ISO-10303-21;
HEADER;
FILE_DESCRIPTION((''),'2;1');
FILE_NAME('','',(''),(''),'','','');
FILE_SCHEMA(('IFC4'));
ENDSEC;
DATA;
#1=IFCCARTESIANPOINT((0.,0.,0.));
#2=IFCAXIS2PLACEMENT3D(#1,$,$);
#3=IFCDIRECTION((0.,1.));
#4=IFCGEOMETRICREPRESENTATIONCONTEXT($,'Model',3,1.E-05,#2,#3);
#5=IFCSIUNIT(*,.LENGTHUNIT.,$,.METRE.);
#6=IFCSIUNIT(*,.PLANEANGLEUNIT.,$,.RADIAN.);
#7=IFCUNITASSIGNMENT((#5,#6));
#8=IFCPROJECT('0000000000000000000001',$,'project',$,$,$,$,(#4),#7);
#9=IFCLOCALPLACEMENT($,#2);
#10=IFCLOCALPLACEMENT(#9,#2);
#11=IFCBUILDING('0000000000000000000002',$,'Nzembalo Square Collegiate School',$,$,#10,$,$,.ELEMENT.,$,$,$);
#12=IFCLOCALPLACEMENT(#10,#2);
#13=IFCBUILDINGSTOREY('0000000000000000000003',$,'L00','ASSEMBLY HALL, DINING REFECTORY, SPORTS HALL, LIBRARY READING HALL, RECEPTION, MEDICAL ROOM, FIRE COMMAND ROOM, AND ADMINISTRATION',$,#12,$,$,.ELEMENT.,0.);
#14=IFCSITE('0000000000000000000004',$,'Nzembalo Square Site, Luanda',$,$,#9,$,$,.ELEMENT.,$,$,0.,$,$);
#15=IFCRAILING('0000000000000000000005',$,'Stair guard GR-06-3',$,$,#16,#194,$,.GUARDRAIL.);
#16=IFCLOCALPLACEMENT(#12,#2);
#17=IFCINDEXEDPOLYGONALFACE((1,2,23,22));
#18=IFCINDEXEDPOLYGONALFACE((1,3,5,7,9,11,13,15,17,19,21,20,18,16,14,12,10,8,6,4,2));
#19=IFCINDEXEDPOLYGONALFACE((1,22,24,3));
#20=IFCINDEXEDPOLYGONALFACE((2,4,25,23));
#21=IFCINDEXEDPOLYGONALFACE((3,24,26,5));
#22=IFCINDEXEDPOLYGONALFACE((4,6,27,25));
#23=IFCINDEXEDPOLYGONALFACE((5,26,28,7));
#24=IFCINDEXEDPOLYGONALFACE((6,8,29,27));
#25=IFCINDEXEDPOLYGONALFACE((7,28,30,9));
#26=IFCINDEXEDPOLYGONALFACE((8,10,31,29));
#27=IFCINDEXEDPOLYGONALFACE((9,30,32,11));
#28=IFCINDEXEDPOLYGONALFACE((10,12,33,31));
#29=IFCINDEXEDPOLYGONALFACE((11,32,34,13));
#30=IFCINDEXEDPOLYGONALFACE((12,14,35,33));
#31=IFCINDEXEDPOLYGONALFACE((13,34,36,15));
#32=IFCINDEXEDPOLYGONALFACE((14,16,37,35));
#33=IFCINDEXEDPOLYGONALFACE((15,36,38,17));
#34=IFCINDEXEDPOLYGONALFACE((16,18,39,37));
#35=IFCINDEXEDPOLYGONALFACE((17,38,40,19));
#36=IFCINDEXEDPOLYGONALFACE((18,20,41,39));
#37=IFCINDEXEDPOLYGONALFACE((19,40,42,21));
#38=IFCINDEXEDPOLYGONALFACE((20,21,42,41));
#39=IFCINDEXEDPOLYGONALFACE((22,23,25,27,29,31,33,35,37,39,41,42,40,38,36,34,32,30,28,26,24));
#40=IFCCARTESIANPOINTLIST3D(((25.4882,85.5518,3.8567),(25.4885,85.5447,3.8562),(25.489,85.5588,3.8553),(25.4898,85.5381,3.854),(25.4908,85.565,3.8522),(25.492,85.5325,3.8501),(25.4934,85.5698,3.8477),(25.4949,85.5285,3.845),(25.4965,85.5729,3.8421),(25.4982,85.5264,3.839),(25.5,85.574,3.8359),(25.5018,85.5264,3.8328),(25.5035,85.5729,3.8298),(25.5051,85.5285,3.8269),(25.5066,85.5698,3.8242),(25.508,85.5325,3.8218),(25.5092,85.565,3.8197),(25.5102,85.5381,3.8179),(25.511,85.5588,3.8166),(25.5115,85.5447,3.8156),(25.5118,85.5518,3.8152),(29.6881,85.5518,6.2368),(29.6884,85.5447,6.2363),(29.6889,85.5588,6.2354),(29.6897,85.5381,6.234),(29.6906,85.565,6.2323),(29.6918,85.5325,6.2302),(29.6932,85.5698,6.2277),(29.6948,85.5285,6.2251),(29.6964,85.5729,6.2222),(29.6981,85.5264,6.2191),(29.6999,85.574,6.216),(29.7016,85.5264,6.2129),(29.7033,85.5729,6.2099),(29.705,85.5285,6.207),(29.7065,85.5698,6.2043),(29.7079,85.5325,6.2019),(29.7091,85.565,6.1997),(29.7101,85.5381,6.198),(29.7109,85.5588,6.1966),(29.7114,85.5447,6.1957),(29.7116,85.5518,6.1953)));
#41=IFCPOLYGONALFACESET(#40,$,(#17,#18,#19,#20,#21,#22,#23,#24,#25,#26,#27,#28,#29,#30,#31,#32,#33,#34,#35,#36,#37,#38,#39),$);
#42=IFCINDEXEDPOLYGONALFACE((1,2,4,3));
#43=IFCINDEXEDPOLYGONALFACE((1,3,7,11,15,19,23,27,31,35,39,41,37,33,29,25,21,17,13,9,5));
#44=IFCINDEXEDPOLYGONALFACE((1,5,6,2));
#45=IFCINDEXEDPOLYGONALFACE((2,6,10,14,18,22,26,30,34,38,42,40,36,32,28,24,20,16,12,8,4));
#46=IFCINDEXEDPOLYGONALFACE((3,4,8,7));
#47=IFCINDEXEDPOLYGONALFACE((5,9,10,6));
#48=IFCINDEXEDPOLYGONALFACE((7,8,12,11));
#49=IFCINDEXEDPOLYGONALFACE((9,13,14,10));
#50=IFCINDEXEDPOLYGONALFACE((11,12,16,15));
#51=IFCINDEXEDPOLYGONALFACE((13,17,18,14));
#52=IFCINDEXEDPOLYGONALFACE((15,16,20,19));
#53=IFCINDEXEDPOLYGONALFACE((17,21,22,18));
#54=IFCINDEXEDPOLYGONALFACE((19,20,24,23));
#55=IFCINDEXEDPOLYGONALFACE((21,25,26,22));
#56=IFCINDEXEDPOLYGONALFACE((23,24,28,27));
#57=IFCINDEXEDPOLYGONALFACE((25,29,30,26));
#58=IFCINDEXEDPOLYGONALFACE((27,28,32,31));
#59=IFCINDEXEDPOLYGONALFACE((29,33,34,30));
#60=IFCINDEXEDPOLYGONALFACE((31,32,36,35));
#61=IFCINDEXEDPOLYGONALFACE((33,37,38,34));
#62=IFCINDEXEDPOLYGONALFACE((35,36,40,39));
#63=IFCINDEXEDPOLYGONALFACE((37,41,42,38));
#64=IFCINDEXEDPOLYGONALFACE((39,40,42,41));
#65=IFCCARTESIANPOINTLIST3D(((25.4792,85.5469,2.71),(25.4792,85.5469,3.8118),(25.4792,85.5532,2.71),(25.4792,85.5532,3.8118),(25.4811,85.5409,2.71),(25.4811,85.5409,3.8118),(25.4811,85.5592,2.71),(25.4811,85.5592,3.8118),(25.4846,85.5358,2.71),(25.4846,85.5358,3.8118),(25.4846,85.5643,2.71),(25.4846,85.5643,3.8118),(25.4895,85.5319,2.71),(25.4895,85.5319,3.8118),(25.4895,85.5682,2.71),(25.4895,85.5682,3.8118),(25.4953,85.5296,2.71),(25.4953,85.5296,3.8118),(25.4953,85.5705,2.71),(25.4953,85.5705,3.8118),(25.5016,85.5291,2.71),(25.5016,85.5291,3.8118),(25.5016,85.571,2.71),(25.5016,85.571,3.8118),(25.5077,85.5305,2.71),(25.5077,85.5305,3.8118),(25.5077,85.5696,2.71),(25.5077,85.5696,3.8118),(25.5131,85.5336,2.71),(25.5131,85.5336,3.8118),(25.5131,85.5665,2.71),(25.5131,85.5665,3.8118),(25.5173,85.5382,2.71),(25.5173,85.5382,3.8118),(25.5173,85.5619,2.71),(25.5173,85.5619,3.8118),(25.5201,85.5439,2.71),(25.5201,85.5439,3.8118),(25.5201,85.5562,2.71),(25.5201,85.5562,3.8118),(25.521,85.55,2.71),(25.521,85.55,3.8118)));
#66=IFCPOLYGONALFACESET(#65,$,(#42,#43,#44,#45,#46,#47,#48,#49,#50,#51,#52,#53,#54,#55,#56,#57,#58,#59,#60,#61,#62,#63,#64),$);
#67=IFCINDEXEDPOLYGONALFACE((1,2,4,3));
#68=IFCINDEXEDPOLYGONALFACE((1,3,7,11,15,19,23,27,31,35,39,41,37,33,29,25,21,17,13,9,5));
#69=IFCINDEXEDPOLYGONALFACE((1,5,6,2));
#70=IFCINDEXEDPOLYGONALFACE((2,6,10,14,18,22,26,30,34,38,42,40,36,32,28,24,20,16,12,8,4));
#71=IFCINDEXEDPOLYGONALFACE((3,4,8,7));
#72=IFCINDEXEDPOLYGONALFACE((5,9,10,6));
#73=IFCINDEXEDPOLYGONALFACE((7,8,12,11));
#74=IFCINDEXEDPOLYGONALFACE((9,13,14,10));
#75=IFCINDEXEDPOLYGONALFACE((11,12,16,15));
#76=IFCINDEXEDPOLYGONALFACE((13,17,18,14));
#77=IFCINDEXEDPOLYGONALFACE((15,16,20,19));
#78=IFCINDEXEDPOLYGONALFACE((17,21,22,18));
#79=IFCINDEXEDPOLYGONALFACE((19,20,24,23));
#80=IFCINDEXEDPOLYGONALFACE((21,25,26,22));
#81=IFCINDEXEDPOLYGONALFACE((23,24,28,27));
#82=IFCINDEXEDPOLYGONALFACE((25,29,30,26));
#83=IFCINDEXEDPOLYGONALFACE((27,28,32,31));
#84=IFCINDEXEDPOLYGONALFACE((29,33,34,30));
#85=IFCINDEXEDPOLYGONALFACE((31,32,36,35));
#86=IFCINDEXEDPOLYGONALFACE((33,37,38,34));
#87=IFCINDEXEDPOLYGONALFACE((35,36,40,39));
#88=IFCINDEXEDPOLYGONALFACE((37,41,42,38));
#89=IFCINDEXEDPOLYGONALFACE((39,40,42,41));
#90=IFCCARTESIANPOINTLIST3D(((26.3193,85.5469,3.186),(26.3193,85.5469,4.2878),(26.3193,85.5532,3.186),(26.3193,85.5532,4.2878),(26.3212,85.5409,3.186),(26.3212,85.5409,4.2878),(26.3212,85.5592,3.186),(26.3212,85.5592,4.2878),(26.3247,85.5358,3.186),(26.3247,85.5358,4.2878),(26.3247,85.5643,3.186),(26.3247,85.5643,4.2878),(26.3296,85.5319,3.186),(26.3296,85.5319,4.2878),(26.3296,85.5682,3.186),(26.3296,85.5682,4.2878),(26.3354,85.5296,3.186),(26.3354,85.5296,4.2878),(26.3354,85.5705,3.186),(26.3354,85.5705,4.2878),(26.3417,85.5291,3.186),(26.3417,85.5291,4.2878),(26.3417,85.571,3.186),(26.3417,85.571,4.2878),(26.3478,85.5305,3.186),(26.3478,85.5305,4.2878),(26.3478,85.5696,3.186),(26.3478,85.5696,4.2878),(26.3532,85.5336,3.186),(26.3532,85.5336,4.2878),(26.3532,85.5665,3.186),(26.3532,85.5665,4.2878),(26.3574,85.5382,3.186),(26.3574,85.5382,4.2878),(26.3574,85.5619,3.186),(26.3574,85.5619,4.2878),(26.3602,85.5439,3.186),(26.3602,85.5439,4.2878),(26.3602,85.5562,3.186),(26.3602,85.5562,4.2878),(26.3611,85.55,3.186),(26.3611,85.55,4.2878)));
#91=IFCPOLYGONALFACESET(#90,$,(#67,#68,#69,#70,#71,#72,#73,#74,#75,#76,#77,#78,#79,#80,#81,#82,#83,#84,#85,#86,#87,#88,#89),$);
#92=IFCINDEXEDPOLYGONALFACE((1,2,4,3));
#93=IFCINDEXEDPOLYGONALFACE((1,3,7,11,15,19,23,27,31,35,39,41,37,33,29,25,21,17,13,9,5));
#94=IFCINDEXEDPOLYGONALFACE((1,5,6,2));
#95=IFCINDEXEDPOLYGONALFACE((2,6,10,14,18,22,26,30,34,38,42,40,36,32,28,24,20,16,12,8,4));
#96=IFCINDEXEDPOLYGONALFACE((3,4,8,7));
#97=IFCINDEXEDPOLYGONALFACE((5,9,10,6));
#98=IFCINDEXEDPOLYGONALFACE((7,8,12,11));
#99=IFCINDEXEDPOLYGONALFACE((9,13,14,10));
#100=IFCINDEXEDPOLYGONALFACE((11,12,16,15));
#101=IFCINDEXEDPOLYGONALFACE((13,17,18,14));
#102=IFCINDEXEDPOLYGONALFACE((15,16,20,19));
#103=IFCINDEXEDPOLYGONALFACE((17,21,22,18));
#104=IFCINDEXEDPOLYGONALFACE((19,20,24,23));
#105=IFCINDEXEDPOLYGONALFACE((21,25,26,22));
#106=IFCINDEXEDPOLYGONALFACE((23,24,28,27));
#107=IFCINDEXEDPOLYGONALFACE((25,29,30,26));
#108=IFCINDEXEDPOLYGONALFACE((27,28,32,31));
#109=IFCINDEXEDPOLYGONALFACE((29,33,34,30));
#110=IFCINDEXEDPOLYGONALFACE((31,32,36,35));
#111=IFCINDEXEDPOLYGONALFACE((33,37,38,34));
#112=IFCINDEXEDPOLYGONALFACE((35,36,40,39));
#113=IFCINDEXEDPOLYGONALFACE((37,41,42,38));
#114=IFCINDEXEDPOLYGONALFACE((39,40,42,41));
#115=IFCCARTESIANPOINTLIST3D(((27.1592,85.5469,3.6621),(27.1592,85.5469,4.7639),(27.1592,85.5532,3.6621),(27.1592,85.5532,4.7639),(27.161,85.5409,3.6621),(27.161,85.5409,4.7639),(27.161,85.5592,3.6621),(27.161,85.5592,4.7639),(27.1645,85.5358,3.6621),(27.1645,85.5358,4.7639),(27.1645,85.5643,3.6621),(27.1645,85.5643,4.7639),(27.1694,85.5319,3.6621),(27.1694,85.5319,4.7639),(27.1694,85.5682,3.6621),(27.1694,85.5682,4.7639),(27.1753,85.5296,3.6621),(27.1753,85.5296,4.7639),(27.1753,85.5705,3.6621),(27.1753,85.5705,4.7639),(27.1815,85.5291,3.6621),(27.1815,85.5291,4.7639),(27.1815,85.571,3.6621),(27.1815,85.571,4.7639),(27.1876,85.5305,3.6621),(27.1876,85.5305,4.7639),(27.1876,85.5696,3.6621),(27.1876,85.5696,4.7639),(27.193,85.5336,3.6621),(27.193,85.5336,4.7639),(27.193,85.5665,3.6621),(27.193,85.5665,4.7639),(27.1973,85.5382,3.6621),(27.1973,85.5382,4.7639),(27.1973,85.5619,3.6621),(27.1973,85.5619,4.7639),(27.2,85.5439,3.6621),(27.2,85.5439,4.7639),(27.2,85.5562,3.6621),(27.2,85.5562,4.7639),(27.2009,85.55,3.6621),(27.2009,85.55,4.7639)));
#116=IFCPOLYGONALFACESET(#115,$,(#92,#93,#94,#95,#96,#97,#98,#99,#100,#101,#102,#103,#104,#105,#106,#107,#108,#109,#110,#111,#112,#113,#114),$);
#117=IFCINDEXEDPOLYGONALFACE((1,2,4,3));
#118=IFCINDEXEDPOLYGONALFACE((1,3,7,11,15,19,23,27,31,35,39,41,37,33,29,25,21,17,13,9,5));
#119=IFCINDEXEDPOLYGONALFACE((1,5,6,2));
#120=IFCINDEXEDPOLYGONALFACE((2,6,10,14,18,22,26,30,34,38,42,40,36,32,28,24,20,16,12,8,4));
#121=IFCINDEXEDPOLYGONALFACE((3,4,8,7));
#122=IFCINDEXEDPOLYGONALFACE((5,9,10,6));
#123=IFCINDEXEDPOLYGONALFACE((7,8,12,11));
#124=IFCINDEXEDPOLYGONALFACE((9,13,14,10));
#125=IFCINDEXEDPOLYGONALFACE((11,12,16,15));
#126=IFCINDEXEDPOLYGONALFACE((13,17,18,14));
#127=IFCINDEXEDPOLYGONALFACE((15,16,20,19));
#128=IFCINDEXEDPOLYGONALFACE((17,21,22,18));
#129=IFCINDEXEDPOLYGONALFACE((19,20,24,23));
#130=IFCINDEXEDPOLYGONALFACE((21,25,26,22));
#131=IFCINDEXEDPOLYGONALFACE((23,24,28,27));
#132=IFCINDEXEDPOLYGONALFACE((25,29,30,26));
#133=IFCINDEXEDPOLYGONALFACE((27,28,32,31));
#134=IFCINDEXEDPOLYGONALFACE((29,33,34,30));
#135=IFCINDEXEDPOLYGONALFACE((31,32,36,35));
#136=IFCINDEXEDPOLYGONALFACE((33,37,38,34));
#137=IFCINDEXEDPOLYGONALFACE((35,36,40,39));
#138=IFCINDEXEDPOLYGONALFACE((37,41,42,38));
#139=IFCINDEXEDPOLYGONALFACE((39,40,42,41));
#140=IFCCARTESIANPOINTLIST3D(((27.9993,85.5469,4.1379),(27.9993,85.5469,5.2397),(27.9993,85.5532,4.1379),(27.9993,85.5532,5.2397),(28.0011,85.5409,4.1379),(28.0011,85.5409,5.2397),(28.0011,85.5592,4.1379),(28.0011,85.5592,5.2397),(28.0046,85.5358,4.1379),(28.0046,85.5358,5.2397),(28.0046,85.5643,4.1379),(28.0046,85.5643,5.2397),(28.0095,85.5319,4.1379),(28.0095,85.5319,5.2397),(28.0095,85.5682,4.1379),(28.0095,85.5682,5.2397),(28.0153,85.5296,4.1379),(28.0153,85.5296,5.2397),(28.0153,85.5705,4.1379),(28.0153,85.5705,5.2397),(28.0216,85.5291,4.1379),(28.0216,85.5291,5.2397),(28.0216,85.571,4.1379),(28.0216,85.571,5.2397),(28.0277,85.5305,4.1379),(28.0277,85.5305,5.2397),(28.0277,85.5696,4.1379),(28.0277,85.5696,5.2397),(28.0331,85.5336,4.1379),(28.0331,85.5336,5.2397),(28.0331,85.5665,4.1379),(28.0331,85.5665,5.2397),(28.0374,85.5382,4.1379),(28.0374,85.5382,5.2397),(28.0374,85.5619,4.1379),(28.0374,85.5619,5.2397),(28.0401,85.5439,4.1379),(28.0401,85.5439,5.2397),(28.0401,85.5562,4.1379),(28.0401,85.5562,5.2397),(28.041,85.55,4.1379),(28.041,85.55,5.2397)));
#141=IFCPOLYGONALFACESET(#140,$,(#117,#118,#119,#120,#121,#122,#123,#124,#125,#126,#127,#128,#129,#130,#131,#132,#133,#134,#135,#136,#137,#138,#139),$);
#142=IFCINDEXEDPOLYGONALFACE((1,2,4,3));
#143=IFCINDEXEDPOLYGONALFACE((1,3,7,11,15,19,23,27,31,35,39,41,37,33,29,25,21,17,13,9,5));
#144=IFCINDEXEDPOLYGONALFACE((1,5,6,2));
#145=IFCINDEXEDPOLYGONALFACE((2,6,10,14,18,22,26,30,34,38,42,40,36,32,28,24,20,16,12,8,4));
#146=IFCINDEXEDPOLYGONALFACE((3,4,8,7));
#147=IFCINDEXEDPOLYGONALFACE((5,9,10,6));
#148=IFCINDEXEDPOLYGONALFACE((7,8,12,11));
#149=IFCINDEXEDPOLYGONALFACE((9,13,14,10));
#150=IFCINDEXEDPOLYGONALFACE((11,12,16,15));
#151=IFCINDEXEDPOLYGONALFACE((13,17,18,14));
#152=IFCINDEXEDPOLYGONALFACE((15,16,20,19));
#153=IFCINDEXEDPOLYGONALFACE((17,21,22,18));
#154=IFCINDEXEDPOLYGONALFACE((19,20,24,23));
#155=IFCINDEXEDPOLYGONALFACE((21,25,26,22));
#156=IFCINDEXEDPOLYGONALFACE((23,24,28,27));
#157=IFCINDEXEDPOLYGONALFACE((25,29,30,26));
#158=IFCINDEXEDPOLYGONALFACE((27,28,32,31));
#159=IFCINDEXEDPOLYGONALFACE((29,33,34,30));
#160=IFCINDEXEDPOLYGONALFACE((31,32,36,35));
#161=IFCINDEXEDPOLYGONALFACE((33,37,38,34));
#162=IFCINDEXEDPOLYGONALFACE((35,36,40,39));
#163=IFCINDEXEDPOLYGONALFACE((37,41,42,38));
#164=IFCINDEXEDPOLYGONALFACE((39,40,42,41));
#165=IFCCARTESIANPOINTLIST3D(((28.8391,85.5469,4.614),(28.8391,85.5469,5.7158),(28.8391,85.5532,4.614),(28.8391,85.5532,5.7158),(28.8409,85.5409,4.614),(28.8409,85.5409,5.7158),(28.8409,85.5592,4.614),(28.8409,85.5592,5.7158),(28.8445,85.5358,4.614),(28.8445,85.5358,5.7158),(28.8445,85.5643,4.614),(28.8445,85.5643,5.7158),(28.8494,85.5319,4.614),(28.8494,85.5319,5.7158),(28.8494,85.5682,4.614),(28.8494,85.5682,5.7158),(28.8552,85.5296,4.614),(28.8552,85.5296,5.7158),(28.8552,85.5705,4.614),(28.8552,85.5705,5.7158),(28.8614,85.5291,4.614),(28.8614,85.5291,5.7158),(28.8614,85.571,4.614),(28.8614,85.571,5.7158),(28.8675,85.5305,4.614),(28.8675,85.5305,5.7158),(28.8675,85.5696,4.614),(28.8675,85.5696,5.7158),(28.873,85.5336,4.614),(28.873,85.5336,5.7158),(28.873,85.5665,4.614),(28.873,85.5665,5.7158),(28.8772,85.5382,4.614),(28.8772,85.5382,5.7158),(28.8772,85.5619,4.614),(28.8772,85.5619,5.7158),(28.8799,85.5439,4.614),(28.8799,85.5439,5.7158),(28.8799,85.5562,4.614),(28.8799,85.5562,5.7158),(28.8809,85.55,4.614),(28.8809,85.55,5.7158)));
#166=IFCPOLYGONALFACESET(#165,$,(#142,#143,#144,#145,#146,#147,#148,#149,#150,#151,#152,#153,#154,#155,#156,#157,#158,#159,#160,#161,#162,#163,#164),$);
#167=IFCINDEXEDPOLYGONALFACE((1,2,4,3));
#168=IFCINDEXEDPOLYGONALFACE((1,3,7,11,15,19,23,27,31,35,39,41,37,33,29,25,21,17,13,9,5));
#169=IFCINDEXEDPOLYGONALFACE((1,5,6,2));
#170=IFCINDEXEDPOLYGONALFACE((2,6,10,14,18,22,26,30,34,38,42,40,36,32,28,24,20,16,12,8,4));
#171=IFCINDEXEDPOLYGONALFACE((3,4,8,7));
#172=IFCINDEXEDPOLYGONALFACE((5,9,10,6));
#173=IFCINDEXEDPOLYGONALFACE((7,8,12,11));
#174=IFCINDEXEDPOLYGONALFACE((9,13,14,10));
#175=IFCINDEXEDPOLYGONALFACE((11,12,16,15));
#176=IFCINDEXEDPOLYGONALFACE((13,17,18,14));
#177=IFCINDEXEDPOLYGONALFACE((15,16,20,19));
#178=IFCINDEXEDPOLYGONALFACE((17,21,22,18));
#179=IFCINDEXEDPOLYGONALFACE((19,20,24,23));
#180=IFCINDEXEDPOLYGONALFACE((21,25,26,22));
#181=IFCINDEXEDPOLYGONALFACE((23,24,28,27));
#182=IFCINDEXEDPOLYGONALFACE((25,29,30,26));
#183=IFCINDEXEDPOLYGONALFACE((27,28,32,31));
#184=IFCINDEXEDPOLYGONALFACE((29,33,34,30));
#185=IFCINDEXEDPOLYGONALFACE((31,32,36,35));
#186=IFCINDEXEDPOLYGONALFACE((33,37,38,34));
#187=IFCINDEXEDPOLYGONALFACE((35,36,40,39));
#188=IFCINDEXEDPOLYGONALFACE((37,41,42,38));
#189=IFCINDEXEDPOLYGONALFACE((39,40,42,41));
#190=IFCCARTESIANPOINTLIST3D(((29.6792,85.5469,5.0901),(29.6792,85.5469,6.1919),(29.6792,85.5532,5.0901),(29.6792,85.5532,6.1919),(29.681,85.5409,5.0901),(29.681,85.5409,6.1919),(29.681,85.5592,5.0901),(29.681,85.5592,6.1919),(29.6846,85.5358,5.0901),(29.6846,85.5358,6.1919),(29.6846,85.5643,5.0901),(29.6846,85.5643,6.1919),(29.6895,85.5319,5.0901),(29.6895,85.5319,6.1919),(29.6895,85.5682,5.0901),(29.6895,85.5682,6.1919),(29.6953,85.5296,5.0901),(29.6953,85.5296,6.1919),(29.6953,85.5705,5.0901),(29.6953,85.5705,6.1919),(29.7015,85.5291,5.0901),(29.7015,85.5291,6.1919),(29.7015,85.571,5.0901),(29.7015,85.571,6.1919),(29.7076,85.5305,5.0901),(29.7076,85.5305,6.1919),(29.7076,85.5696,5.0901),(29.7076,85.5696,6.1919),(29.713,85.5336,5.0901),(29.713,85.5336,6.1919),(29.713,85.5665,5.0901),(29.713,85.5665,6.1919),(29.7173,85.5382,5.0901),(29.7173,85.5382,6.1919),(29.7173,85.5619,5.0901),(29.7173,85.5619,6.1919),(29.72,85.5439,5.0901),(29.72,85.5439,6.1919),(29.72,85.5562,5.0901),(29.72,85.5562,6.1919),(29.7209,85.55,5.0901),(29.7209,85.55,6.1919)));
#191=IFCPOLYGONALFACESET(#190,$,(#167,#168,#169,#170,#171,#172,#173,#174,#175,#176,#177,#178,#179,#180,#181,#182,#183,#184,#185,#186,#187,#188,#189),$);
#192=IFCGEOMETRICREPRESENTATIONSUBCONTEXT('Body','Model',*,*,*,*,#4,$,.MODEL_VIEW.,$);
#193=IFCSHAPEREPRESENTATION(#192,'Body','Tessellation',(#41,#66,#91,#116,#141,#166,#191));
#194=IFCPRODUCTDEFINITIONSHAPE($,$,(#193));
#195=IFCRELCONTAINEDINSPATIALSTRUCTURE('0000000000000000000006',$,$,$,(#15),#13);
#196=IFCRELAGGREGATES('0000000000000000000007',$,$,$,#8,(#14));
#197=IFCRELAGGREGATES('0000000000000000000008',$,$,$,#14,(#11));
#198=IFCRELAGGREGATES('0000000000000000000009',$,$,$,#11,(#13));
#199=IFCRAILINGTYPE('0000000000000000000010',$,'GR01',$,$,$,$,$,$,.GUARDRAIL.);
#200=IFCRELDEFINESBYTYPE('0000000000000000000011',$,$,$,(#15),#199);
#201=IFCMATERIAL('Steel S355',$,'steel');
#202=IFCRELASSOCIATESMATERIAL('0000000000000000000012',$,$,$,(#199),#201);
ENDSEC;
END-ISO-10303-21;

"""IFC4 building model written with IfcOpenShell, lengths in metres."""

from ifc_helpers import new_model, si_unit, direction, frame, origin, origin_2d, place, context, subcontext, project, spatial, circle, extrude, material, type_object, element, save


model = new_model("IFC4")

# Units and contexts
model_context = context("Model", 3, precision=1e-05, world=origin(), true_north=direction((0.0, 1.0)))
body_context = subcontext(model_context, "Body", "Model", "MODEL_VIEW")
ifc_project = project(units=[si_unit("LENGTHUNIT", "METRE"), si_unit("PLANEANGLEUNIT", "RADIAN")], contexts=[model_context])

# Site, building, storey
site_placement = place(None, origin())
site = spatial("IfcSite", under=ifc_project, at=site_placement, Name="Nzembalo Square Site, Luanda", CompositionType="ELEMENT", RefElevation=0.0)
building_placement = place(site_placement, origin())
building = spatial("IfcBuilding", under=site, at=building_placement, Name="Nzembalo Square Collegiate School", CompositionType="ELEMENT")
storey_placement = place(building_placement, origin())
storey = spatial("IfcBuildingStorey", under=building, at=storey_placement, Name="L00", Description="ASSEMBLY HALL, DINING REFECTORY, SPORTS HALL, LIBRARY READING HALL, RECEPTION, MEDICAL ROOM, FIRE COMMAND ROOM, AND ADMINISTRATION", CompositionType="ELEMENT", Elevation=0.0)

# Railing
ifc_material_1 = material(Name="Steel S355", Category="steel")
railing_type_1 = type_object("IfcRailingType", Name="GR01", PredefinedType="GUARDRAIL", material=ifc_material_1)
railing_1_placement = place(storey_placement, frame((25.5, 85.55, 2.71)))
element("IfcRailing", 1, at=railing_1_placement, inside=storey, type_object=railing_type_1, Name="Stair guard GR-06-3", PredefinedType="GUARDRAIL", context=body_context, shape_type="SweptSolid", body=[
    extrude(circle(Radius=0.0239, at=origin_2d()), frame((0.0, 0.0, 1.126), z_axis=(0.870008, 0.0, 0.493037), x_axis=(0.0, 1.0, 0.0)), (0.0, 0.0, 1.0), 4.8274),
    extrude(circle(Radius=0.021, at=origin_2d()), origin(), (0.0, 0.0, 1.0), 1.1018),
    extrude(circle(Radius=0.021, at=origin_2d()), frame((0.8401, 0.0, 0.4761)), (0.0, 0.0, 1.0), 1.1018),
    extrude(circle(Radius=0.021, at=origin_2d()), frame((1.6799, 0.0, 0.9521)), (0.0, 0.0, 1.0), 1.1018),
    extrude(circle(Radius=0.021, at=origin_2d()), frame((2.52, 0.0, 1.428)), (0.0, 0.0, 1.0), 1.1018),
    extrude(circle(Radius=0.021, at=origin_2d()), frame((3.3599, 0.0, 1.9041)), (0.0, 0.0, 1.0), 1.1018),
    extrude(circle(Radius=0.021, at=origin_2d()), frame((4.2, 0.0, 2.3801)), (0.0, 0.0, 1.0), 1.1018),
])

save(model, "model.ifc")
